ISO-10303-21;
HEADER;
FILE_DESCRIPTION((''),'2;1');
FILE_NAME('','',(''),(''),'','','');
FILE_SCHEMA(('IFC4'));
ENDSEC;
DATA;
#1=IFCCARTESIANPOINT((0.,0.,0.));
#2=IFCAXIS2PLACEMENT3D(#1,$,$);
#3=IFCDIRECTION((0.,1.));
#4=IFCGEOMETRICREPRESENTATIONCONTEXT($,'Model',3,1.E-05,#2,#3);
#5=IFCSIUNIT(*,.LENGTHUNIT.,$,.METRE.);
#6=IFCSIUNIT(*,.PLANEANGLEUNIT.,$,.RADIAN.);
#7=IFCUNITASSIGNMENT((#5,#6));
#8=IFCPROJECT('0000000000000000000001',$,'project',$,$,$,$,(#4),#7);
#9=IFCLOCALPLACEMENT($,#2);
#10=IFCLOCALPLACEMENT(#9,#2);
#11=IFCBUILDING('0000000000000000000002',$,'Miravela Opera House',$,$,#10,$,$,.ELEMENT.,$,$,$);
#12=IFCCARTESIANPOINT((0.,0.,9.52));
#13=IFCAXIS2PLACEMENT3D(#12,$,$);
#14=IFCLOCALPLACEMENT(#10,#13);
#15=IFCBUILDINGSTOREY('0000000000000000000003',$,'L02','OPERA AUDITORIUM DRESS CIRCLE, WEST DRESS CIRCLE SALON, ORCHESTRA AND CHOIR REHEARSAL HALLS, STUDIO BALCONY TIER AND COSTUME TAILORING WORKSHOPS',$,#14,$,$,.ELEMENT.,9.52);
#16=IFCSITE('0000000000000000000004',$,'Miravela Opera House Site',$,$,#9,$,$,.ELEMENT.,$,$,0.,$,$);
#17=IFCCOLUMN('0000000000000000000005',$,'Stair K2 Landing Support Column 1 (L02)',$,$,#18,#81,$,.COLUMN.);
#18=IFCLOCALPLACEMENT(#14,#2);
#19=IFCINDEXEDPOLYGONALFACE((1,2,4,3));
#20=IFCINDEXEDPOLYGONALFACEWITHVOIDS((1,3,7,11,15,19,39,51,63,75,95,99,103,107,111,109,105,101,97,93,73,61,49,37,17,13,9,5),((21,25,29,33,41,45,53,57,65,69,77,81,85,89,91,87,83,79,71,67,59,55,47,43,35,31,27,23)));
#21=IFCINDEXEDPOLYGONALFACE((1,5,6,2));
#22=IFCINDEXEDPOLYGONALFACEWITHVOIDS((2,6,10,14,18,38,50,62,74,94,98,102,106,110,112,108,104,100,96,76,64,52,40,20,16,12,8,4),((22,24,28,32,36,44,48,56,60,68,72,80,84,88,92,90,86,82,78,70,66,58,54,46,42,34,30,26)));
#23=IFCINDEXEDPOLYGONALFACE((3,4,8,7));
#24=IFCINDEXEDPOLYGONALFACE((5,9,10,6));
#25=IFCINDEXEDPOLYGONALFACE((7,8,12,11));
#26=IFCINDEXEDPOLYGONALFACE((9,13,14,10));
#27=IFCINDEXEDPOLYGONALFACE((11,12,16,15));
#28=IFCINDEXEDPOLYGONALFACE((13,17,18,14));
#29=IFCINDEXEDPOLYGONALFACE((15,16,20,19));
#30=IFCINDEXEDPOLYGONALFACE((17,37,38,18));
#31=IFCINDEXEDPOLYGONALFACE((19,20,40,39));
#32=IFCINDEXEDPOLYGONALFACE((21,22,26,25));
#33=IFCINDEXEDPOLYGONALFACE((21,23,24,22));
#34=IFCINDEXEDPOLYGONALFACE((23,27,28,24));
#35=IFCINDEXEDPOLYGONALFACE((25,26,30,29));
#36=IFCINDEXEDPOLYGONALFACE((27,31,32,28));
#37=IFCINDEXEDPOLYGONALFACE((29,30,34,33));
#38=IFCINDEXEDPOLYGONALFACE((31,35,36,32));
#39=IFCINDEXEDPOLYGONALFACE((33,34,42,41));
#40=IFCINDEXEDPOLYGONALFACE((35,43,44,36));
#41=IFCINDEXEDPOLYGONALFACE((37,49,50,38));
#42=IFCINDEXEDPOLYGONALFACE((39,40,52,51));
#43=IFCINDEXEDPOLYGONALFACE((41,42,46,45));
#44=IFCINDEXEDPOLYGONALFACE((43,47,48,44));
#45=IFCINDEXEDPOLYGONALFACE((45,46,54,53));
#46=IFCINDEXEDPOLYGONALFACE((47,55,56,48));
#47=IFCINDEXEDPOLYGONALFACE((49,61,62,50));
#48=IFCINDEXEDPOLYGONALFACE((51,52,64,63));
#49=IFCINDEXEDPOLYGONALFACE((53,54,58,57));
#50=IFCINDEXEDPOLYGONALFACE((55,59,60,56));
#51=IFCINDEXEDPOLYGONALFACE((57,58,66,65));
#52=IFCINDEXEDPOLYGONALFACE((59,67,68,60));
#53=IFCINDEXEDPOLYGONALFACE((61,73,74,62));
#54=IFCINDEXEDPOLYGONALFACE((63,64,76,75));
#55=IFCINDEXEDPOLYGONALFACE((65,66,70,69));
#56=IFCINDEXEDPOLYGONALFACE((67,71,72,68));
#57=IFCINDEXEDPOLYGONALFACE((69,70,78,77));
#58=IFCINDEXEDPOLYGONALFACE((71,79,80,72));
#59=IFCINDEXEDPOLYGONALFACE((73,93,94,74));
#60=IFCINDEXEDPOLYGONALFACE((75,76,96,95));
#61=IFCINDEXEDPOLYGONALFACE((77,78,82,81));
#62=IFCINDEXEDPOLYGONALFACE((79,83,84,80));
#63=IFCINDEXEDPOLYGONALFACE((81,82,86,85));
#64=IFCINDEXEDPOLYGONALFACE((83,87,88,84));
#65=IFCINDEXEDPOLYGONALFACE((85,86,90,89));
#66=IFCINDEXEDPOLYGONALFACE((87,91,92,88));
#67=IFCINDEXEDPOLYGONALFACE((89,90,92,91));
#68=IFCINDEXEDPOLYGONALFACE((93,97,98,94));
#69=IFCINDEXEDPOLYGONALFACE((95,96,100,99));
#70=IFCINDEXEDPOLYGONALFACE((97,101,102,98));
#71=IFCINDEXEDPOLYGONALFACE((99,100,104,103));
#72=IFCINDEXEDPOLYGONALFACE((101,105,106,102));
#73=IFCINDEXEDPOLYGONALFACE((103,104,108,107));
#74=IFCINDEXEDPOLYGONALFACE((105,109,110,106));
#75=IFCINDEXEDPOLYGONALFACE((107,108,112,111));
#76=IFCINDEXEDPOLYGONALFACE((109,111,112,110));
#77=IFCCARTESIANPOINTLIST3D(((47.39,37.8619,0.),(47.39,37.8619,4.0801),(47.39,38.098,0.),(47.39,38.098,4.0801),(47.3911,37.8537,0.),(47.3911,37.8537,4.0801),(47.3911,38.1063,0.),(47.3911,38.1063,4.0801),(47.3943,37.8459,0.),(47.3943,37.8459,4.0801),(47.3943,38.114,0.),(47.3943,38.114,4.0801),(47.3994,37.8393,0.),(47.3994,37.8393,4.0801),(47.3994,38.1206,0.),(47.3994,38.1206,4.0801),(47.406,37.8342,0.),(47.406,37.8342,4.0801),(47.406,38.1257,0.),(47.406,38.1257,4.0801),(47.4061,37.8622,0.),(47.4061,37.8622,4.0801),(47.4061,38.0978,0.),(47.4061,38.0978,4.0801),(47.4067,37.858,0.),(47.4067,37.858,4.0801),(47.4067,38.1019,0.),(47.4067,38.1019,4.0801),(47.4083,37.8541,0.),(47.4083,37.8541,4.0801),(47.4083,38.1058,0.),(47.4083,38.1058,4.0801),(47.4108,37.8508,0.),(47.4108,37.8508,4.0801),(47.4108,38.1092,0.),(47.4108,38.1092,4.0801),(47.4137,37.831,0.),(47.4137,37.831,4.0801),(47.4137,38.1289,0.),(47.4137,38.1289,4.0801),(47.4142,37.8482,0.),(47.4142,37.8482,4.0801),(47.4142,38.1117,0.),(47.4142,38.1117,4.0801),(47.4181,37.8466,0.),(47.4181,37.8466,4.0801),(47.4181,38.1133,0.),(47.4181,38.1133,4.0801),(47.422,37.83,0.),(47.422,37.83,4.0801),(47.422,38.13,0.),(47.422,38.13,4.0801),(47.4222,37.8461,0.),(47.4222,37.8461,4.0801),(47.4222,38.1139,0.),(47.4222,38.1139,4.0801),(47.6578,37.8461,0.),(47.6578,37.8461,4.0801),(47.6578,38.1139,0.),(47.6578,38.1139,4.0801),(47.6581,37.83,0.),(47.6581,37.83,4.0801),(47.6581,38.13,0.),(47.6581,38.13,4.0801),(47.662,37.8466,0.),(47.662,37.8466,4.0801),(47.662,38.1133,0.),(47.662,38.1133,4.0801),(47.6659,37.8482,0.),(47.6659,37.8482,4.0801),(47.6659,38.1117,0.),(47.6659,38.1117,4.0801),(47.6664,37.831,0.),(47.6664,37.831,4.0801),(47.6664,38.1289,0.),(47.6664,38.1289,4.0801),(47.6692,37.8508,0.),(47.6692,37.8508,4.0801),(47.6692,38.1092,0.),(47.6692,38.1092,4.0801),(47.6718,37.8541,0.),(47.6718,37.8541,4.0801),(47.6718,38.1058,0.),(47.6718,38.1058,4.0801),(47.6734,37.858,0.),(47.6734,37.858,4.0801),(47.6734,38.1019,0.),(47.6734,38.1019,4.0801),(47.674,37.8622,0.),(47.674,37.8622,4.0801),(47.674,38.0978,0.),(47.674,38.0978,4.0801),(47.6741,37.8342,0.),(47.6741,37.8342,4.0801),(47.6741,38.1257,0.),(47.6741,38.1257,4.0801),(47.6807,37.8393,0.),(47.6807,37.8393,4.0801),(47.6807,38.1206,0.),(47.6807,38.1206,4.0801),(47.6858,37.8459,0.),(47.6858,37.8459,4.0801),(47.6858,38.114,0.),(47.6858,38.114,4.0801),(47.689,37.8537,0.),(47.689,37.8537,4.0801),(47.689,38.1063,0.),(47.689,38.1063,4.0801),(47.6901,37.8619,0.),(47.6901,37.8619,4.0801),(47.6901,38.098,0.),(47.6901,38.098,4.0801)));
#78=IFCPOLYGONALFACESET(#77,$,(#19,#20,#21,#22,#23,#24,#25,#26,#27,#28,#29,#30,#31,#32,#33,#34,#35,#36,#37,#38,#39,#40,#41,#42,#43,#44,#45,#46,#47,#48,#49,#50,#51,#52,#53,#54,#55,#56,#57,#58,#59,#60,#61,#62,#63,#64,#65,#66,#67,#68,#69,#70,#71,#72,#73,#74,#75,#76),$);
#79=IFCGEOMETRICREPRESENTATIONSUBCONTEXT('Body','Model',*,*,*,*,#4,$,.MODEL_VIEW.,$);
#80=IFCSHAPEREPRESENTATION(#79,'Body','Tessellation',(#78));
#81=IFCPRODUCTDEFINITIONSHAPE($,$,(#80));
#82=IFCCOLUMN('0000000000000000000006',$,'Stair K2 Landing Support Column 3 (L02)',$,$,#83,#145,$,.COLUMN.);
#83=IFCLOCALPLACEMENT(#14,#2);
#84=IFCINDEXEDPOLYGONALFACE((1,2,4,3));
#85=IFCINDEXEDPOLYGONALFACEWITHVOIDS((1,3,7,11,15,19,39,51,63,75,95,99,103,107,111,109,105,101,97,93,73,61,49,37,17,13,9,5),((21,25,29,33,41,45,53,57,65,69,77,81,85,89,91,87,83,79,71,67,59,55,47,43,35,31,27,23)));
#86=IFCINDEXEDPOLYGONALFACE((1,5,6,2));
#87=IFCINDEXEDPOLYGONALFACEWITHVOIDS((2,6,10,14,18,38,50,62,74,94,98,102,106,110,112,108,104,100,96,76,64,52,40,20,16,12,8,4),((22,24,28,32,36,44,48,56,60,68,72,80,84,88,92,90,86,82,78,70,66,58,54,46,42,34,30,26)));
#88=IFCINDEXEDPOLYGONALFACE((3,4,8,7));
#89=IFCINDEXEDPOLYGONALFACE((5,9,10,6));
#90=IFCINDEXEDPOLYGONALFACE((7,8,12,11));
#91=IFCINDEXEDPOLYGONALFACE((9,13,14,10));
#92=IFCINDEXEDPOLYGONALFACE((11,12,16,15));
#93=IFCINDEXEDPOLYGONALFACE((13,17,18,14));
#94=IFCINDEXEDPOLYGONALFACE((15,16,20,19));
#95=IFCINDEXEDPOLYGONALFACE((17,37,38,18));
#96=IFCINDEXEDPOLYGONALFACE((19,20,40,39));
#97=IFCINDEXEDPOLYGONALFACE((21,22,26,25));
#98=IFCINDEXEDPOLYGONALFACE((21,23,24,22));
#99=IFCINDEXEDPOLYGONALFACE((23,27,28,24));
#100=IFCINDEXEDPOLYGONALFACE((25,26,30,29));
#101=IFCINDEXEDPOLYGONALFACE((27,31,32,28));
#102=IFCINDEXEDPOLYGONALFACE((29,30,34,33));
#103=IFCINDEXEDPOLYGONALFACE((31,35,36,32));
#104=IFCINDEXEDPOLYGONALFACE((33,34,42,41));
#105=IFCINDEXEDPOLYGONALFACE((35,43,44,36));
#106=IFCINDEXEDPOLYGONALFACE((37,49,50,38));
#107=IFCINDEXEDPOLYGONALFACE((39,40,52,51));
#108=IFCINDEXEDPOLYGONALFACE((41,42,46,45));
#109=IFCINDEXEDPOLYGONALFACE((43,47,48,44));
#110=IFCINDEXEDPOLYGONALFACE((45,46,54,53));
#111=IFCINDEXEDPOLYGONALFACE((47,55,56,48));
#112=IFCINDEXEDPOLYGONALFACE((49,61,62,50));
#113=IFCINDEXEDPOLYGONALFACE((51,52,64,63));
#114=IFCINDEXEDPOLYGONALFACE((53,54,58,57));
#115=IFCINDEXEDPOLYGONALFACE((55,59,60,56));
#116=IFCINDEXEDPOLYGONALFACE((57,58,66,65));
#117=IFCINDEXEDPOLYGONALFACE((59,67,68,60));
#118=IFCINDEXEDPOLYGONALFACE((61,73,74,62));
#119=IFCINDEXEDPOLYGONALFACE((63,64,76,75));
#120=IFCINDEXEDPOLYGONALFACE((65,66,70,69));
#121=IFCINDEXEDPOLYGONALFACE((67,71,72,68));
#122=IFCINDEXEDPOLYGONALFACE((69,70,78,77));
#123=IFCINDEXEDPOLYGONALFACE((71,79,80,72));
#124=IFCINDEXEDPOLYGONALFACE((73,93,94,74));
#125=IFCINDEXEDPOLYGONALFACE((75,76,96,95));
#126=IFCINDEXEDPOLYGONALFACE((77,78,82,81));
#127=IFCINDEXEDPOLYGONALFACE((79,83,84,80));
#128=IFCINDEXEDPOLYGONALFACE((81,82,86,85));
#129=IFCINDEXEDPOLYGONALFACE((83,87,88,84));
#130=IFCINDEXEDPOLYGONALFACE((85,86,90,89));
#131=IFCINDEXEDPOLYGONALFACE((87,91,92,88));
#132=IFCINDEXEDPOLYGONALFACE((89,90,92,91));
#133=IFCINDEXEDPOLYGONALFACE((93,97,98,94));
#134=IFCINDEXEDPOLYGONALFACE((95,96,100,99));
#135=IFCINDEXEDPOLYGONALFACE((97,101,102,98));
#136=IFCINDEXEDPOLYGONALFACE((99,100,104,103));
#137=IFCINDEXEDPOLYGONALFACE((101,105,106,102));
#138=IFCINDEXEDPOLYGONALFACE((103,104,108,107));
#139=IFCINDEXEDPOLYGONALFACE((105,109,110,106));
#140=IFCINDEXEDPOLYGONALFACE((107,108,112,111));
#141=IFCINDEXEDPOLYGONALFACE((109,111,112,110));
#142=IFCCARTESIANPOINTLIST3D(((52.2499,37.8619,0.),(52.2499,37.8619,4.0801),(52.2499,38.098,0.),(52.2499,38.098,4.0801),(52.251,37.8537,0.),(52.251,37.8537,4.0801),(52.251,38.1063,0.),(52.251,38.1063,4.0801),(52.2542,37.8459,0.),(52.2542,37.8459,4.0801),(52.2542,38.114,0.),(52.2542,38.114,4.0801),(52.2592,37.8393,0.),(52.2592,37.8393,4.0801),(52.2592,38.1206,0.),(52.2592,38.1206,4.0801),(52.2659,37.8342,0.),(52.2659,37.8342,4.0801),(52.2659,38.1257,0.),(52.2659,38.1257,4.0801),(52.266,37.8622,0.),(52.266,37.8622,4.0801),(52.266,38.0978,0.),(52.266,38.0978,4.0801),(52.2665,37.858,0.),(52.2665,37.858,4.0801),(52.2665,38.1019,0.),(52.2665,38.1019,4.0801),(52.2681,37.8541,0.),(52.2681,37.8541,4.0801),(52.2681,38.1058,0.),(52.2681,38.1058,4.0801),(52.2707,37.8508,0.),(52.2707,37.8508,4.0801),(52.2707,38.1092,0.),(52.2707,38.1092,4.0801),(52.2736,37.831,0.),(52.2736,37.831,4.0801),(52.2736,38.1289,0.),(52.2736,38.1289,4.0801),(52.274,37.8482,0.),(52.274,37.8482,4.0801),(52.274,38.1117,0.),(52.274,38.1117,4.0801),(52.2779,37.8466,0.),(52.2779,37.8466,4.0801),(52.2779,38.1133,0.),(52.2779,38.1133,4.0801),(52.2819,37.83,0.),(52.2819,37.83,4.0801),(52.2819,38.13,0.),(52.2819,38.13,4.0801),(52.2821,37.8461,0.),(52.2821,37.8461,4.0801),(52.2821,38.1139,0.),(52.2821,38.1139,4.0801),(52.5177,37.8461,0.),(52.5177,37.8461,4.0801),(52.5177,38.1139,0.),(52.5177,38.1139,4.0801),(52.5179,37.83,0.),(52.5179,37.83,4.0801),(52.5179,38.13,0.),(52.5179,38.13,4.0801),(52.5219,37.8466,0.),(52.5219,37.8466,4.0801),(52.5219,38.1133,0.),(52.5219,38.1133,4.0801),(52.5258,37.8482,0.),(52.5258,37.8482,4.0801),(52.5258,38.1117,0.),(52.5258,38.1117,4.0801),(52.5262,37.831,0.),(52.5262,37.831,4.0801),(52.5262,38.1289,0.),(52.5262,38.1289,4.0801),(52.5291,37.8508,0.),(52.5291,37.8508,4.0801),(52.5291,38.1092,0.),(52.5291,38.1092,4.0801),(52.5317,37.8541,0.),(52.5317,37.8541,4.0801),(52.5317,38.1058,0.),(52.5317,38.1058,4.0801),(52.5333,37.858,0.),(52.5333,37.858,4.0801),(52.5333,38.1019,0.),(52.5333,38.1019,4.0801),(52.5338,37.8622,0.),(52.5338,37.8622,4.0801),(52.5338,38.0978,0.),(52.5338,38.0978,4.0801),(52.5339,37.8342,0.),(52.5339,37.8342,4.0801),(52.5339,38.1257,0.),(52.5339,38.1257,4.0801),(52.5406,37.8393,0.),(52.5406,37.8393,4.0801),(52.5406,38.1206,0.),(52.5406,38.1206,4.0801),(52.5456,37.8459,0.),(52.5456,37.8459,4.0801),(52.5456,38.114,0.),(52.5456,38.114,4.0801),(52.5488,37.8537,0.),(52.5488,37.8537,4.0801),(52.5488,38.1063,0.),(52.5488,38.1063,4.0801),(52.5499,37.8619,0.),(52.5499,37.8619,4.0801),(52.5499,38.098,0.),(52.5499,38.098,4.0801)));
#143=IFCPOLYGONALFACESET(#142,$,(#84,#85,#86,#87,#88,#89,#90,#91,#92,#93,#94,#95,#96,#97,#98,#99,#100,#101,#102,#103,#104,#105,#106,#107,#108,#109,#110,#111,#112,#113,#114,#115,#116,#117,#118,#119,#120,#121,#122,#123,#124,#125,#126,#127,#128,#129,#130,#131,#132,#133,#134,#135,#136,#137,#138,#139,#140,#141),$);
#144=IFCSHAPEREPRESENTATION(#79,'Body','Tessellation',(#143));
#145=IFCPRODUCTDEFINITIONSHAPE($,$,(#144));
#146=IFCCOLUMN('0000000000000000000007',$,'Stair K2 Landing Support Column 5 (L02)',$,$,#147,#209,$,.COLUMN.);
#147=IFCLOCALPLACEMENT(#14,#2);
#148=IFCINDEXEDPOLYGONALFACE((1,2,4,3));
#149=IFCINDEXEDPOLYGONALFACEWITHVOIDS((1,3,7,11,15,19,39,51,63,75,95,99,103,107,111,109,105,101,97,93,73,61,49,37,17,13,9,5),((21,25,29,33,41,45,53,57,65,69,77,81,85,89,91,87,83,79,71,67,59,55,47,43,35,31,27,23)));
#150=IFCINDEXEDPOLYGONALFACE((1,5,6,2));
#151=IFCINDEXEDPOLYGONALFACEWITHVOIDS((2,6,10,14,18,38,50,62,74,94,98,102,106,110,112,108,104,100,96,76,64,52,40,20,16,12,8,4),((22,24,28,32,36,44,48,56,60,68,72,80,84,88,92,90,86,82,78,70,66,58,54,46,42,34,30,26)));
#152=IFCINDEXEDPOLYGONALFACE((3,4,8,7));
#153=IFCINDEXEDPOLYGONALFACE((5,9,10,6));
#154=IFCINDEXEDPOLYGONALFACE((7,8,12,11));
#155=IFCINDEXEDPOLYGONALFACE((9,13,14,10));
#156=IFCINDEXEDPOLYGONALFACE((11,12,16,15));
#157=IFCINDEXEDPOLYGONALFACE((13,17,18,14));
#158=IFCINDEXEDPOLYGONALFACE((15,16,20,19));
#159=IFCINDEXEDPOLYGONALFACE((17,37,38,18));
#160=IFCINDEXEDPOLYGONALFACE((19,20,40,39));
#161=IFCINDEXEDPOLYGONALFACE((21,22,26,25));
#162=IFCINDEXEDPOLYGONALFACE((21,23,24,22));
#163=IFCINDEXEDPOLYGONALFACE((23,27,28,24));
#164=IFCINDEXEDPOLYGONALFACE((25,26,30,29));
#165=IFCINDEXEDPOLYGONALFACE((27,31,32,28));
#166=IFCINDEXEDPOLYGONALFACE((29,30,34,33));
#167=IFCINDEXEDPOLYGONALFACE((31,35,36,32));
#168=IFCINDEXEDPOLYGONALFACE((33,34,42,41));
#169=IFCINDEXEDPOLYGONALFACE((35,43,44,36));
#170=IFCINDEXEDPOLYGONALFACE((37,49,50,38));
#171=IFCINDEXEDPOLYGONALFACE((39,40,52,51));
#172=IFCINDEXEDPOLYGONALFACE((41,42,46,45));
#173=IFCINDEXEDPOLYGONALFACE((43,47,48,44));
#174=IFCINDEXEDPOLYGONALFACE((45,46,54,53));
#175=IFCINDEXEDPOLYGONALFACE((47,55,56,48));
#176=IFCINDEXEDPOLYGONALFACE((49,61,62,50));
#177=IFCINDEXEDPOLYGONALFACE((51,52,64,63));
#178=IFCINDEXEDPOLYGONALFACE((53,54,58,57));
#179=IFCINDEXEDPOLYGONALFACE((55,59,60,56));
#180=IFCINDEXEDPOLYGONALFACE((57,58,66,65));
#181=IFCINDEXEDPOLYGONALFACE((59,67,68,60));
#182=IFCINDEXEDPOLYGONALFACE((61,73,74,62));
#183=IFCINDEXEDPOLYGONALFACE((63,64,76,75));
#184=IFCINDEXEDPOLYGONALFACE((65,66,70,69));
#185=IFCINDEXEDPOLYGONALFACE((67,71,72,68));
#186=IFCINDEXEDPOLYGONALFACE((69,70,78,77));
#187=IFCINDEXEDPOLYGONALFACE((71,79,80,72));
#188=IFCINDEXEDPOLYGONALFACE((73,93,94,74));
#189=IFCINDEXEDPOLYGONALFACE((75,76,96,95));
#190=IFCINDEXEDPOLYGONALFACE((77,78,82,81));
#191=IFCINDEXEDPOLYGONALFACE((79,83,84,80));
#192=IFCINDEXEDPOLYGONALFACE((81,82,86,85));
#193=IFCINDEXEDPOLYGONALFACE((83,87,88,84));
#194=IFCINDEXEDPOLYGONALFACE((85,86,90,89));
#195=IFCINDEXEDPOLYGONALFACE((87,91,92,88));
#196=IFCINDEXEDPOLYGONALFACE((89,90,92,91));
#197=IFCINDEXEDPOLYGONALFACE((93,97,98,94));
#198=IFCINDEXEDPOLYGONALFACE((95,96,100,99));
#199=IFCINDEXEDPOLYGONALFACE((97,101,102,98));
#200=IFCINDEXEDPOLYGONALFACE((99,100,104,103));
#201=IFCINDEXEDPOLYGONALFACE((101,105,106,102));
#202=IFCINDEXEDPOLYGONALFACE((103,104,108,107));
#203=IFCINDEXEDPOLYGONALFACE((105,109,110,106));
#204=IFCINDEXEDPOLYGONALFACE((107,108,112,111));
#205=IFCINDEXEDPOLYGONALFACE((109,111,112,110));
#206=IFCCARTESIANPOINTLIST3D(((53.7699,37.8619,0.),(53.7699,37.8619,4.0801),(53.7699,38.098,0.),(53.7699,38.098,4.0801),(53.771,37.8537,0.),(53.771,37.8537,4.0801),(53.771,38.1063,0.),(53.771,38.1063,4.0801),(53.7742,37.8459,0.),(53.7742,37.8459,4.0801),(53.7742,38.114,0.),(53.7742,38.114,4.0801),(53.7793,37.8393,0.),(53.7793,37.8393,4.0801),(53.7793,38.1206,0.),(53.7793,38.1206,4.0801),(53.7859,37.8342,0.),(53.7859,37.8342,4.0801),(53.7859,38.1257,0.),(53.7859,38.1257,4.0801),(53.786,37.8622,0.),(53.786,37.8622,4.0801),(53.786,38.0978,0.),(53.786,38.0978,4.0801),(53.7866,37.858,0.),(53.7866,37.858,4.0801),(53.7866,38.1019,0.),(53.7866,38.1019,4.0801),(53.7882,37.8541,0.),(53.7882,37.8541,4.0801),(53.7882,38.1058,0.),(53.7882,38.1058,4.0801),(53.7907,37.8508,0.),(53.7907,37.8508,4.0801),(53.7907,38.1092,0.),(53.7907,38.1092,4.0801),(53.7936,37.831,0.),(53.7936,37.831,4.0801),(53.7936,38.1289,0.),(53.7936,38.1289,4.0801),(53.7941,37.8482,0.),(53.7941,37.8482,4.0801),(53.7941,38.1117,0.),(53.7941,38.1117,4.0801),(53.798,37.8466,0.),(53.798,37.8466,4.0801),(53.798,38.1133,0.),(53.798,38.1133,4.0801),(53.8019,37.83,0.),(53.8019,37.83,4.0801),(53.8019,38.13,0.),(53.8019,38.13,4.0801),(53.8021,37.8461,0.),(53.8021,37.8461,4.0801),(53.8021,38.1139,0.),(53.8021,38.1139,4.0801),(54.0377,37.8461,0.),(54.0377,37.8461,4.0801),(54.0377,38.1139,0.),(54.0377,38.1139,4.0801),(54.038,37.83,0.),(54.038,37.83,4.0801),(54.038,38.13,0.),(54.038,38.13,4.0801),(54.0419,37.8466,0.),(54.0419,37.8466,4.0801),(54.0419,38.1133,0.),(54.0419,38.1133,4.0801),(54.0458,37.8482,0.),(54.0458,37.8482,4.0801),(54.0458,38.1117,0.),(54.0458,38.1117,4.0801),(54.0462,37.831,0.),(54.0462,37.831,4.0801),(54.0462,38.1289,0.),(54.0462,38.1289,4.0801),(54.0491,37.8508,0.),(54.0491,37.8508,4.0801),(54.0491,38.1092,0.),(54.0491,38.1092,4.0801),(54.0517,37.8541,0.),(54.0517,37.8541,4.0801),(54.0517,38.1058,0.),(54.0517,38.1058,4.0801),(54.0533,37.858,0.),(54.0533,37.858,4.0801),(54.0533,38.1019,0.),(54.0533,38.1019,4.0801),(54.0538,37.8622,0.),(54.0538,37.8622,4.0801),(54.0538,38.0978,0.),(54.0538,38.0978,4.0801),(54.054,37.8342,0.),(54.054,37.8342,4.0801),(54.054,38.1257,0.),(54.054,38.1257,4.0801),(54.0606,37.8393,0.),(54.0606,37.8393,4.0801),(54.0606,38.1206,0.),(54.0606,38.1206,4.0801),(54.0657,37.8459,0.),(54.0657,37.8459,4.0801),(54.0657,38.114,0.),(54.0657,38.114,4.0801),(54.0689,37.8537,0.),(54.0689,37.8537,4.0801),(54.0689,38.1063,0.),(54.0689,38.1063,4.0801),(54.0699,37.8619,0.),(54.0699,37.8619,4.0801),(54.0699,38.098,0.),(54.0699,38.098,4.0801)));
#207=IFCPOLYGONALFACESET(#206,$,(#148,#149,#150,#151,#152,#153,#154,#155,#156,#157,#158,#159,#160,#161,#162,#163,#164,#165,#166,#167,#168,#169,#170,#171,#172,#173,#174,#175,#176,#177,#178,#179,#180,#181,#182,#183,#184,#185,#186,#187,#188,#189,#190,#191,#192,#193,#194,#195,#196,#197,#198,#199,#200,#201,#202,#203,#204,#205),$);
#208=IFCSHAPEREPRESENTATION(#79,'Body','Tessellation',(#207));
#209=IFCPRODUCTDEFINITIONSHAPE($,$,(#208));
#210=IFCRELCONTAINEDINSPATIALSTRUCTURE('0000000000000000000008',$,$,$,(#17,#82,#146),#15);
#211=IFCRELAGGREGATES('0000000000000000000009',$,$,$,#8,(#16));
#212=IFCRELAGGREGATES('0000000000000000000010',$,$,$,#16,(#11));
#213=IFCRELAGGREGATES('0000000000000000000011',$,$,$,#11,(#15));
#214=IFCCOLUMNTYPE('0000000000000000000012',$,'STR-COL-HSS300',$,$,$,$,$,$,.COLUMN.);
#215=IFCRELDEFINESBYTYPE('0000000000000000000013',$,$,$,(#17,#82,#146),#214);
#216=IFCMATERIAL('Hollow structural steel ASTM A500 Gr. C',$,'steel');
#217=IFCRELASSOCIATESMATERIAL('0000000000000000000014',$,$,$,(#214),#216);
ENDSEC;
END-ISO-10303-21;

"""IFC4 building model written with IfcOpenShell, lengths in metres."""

from ifc_helpers import new_model, si_unit, direction, frame, origin, origin_2d, place, context, subcontext, project, spatial, hollow_rectangle, extrude, material, material_profile, profile_set, type_object, element, save


model = new_model("IFC4")

# Units and contexts
model_context = context("Model", 3, precision=1e-05, world=origin(), true_north=direction((0.0, 1.0)))
body_context = subcontext(model_context, "Body", "Model", "MODEL_VIEW")
ifc_project = project(units=[si_unit("LENGTHUNIT", "METRE"), si_unit("PLANEANGLEUNIT", "RADIAN")], contexts=[model_context])

# Site, building, storey
site_placement = place(None, origin())
site = spatial("IfcSite", under=ifc_project, at=site_placement, Name="Miravela Opera House Site", CompositionType="ELEMENT", RefElevation=0.0)
building_placement = place(site_placement, origin())
building = spatial("IfcBuilding", under=site, at=building_placement, Name="Miravela Opera House", CompositionType="ELEMENT")
storey_placement = place(building_placement, frame((0.0, 0.0, 9.52)))
storey = spatial("IfcBuildingStorey", under=building, at=storey_placement, Name="L02", Description="OPERA AUDITORIUM DRESS CIRCLE, WEST DRESS CIRCLE SALON, ORCHESTRA AND CHOIR REHEARSAL HALLS, STUDIO BALCONY TIER AND COSTUME TAILORING WORKSHOPS", CompositionType="ELEMENT", Elevation=9.52)

# Columns
ifc_material_1 = material(Name="Hollow structural steel ASTM A500 Gr. C", Category="steel")
ifc_material_profile_1 = material_profile(ifc_material_1, hollow_rectangle(XDim=0.3, YDim=0.3, WallThickness=0.0161, InnerFilletRadius=0.0161, OuterFilletRadius=0.032, at=origin_2d()), Name="HSS300X300X16")
ifc_profile_set_1 = profile_set([ifc_material_profile_1])
column_type_1 = type_object("IfcColumnType", Name="STR-COL-HSS300", PredefinedType="COLUMN", material=ifc_profile_set_1)
for number, where, z_axis, x_axis, name in (
    (1, (47.54, 37.98, 0.0), (0.0, 0.0, 1.0), (1.0, 0.0, 0.0), "Stair K2 Landing Support Column 1 (L02)"),
    (2, (52.3999, 37.98, 0.0), (0.0, 0.0, 1.0), (1.0, 0.0, 0.0), "Stair K2 Landing Support Column 3 (L02)"),
    (3, (53.9199, 37.98, 0.0), (0.0, 0.0, 1.0), (1.0, 0.0, 0.0), "Stair K2 Landing Support Column 5 (L02)"),
):
    element("IfcColumn", number, at=place(storey_placement, frame(where, z_axis=z_axis, x_axis=x_axis)), inside=storey, type_object=column_type_1, Name=name, PredefinedType="COLUMN", context=body_context, shape_type="SweptSolid", body=[
        extrude(hollow_rectangle(XDim=0.3, YDim=0.3, WallThickness=0.0161, InnerFilletRadius=0.0161, OuterFilletRadius=0.032, at=origin_2d()), origin(), (0.0, 0.0, 1.0), 4.0801),
    ])

save(model, "model.ifc")
